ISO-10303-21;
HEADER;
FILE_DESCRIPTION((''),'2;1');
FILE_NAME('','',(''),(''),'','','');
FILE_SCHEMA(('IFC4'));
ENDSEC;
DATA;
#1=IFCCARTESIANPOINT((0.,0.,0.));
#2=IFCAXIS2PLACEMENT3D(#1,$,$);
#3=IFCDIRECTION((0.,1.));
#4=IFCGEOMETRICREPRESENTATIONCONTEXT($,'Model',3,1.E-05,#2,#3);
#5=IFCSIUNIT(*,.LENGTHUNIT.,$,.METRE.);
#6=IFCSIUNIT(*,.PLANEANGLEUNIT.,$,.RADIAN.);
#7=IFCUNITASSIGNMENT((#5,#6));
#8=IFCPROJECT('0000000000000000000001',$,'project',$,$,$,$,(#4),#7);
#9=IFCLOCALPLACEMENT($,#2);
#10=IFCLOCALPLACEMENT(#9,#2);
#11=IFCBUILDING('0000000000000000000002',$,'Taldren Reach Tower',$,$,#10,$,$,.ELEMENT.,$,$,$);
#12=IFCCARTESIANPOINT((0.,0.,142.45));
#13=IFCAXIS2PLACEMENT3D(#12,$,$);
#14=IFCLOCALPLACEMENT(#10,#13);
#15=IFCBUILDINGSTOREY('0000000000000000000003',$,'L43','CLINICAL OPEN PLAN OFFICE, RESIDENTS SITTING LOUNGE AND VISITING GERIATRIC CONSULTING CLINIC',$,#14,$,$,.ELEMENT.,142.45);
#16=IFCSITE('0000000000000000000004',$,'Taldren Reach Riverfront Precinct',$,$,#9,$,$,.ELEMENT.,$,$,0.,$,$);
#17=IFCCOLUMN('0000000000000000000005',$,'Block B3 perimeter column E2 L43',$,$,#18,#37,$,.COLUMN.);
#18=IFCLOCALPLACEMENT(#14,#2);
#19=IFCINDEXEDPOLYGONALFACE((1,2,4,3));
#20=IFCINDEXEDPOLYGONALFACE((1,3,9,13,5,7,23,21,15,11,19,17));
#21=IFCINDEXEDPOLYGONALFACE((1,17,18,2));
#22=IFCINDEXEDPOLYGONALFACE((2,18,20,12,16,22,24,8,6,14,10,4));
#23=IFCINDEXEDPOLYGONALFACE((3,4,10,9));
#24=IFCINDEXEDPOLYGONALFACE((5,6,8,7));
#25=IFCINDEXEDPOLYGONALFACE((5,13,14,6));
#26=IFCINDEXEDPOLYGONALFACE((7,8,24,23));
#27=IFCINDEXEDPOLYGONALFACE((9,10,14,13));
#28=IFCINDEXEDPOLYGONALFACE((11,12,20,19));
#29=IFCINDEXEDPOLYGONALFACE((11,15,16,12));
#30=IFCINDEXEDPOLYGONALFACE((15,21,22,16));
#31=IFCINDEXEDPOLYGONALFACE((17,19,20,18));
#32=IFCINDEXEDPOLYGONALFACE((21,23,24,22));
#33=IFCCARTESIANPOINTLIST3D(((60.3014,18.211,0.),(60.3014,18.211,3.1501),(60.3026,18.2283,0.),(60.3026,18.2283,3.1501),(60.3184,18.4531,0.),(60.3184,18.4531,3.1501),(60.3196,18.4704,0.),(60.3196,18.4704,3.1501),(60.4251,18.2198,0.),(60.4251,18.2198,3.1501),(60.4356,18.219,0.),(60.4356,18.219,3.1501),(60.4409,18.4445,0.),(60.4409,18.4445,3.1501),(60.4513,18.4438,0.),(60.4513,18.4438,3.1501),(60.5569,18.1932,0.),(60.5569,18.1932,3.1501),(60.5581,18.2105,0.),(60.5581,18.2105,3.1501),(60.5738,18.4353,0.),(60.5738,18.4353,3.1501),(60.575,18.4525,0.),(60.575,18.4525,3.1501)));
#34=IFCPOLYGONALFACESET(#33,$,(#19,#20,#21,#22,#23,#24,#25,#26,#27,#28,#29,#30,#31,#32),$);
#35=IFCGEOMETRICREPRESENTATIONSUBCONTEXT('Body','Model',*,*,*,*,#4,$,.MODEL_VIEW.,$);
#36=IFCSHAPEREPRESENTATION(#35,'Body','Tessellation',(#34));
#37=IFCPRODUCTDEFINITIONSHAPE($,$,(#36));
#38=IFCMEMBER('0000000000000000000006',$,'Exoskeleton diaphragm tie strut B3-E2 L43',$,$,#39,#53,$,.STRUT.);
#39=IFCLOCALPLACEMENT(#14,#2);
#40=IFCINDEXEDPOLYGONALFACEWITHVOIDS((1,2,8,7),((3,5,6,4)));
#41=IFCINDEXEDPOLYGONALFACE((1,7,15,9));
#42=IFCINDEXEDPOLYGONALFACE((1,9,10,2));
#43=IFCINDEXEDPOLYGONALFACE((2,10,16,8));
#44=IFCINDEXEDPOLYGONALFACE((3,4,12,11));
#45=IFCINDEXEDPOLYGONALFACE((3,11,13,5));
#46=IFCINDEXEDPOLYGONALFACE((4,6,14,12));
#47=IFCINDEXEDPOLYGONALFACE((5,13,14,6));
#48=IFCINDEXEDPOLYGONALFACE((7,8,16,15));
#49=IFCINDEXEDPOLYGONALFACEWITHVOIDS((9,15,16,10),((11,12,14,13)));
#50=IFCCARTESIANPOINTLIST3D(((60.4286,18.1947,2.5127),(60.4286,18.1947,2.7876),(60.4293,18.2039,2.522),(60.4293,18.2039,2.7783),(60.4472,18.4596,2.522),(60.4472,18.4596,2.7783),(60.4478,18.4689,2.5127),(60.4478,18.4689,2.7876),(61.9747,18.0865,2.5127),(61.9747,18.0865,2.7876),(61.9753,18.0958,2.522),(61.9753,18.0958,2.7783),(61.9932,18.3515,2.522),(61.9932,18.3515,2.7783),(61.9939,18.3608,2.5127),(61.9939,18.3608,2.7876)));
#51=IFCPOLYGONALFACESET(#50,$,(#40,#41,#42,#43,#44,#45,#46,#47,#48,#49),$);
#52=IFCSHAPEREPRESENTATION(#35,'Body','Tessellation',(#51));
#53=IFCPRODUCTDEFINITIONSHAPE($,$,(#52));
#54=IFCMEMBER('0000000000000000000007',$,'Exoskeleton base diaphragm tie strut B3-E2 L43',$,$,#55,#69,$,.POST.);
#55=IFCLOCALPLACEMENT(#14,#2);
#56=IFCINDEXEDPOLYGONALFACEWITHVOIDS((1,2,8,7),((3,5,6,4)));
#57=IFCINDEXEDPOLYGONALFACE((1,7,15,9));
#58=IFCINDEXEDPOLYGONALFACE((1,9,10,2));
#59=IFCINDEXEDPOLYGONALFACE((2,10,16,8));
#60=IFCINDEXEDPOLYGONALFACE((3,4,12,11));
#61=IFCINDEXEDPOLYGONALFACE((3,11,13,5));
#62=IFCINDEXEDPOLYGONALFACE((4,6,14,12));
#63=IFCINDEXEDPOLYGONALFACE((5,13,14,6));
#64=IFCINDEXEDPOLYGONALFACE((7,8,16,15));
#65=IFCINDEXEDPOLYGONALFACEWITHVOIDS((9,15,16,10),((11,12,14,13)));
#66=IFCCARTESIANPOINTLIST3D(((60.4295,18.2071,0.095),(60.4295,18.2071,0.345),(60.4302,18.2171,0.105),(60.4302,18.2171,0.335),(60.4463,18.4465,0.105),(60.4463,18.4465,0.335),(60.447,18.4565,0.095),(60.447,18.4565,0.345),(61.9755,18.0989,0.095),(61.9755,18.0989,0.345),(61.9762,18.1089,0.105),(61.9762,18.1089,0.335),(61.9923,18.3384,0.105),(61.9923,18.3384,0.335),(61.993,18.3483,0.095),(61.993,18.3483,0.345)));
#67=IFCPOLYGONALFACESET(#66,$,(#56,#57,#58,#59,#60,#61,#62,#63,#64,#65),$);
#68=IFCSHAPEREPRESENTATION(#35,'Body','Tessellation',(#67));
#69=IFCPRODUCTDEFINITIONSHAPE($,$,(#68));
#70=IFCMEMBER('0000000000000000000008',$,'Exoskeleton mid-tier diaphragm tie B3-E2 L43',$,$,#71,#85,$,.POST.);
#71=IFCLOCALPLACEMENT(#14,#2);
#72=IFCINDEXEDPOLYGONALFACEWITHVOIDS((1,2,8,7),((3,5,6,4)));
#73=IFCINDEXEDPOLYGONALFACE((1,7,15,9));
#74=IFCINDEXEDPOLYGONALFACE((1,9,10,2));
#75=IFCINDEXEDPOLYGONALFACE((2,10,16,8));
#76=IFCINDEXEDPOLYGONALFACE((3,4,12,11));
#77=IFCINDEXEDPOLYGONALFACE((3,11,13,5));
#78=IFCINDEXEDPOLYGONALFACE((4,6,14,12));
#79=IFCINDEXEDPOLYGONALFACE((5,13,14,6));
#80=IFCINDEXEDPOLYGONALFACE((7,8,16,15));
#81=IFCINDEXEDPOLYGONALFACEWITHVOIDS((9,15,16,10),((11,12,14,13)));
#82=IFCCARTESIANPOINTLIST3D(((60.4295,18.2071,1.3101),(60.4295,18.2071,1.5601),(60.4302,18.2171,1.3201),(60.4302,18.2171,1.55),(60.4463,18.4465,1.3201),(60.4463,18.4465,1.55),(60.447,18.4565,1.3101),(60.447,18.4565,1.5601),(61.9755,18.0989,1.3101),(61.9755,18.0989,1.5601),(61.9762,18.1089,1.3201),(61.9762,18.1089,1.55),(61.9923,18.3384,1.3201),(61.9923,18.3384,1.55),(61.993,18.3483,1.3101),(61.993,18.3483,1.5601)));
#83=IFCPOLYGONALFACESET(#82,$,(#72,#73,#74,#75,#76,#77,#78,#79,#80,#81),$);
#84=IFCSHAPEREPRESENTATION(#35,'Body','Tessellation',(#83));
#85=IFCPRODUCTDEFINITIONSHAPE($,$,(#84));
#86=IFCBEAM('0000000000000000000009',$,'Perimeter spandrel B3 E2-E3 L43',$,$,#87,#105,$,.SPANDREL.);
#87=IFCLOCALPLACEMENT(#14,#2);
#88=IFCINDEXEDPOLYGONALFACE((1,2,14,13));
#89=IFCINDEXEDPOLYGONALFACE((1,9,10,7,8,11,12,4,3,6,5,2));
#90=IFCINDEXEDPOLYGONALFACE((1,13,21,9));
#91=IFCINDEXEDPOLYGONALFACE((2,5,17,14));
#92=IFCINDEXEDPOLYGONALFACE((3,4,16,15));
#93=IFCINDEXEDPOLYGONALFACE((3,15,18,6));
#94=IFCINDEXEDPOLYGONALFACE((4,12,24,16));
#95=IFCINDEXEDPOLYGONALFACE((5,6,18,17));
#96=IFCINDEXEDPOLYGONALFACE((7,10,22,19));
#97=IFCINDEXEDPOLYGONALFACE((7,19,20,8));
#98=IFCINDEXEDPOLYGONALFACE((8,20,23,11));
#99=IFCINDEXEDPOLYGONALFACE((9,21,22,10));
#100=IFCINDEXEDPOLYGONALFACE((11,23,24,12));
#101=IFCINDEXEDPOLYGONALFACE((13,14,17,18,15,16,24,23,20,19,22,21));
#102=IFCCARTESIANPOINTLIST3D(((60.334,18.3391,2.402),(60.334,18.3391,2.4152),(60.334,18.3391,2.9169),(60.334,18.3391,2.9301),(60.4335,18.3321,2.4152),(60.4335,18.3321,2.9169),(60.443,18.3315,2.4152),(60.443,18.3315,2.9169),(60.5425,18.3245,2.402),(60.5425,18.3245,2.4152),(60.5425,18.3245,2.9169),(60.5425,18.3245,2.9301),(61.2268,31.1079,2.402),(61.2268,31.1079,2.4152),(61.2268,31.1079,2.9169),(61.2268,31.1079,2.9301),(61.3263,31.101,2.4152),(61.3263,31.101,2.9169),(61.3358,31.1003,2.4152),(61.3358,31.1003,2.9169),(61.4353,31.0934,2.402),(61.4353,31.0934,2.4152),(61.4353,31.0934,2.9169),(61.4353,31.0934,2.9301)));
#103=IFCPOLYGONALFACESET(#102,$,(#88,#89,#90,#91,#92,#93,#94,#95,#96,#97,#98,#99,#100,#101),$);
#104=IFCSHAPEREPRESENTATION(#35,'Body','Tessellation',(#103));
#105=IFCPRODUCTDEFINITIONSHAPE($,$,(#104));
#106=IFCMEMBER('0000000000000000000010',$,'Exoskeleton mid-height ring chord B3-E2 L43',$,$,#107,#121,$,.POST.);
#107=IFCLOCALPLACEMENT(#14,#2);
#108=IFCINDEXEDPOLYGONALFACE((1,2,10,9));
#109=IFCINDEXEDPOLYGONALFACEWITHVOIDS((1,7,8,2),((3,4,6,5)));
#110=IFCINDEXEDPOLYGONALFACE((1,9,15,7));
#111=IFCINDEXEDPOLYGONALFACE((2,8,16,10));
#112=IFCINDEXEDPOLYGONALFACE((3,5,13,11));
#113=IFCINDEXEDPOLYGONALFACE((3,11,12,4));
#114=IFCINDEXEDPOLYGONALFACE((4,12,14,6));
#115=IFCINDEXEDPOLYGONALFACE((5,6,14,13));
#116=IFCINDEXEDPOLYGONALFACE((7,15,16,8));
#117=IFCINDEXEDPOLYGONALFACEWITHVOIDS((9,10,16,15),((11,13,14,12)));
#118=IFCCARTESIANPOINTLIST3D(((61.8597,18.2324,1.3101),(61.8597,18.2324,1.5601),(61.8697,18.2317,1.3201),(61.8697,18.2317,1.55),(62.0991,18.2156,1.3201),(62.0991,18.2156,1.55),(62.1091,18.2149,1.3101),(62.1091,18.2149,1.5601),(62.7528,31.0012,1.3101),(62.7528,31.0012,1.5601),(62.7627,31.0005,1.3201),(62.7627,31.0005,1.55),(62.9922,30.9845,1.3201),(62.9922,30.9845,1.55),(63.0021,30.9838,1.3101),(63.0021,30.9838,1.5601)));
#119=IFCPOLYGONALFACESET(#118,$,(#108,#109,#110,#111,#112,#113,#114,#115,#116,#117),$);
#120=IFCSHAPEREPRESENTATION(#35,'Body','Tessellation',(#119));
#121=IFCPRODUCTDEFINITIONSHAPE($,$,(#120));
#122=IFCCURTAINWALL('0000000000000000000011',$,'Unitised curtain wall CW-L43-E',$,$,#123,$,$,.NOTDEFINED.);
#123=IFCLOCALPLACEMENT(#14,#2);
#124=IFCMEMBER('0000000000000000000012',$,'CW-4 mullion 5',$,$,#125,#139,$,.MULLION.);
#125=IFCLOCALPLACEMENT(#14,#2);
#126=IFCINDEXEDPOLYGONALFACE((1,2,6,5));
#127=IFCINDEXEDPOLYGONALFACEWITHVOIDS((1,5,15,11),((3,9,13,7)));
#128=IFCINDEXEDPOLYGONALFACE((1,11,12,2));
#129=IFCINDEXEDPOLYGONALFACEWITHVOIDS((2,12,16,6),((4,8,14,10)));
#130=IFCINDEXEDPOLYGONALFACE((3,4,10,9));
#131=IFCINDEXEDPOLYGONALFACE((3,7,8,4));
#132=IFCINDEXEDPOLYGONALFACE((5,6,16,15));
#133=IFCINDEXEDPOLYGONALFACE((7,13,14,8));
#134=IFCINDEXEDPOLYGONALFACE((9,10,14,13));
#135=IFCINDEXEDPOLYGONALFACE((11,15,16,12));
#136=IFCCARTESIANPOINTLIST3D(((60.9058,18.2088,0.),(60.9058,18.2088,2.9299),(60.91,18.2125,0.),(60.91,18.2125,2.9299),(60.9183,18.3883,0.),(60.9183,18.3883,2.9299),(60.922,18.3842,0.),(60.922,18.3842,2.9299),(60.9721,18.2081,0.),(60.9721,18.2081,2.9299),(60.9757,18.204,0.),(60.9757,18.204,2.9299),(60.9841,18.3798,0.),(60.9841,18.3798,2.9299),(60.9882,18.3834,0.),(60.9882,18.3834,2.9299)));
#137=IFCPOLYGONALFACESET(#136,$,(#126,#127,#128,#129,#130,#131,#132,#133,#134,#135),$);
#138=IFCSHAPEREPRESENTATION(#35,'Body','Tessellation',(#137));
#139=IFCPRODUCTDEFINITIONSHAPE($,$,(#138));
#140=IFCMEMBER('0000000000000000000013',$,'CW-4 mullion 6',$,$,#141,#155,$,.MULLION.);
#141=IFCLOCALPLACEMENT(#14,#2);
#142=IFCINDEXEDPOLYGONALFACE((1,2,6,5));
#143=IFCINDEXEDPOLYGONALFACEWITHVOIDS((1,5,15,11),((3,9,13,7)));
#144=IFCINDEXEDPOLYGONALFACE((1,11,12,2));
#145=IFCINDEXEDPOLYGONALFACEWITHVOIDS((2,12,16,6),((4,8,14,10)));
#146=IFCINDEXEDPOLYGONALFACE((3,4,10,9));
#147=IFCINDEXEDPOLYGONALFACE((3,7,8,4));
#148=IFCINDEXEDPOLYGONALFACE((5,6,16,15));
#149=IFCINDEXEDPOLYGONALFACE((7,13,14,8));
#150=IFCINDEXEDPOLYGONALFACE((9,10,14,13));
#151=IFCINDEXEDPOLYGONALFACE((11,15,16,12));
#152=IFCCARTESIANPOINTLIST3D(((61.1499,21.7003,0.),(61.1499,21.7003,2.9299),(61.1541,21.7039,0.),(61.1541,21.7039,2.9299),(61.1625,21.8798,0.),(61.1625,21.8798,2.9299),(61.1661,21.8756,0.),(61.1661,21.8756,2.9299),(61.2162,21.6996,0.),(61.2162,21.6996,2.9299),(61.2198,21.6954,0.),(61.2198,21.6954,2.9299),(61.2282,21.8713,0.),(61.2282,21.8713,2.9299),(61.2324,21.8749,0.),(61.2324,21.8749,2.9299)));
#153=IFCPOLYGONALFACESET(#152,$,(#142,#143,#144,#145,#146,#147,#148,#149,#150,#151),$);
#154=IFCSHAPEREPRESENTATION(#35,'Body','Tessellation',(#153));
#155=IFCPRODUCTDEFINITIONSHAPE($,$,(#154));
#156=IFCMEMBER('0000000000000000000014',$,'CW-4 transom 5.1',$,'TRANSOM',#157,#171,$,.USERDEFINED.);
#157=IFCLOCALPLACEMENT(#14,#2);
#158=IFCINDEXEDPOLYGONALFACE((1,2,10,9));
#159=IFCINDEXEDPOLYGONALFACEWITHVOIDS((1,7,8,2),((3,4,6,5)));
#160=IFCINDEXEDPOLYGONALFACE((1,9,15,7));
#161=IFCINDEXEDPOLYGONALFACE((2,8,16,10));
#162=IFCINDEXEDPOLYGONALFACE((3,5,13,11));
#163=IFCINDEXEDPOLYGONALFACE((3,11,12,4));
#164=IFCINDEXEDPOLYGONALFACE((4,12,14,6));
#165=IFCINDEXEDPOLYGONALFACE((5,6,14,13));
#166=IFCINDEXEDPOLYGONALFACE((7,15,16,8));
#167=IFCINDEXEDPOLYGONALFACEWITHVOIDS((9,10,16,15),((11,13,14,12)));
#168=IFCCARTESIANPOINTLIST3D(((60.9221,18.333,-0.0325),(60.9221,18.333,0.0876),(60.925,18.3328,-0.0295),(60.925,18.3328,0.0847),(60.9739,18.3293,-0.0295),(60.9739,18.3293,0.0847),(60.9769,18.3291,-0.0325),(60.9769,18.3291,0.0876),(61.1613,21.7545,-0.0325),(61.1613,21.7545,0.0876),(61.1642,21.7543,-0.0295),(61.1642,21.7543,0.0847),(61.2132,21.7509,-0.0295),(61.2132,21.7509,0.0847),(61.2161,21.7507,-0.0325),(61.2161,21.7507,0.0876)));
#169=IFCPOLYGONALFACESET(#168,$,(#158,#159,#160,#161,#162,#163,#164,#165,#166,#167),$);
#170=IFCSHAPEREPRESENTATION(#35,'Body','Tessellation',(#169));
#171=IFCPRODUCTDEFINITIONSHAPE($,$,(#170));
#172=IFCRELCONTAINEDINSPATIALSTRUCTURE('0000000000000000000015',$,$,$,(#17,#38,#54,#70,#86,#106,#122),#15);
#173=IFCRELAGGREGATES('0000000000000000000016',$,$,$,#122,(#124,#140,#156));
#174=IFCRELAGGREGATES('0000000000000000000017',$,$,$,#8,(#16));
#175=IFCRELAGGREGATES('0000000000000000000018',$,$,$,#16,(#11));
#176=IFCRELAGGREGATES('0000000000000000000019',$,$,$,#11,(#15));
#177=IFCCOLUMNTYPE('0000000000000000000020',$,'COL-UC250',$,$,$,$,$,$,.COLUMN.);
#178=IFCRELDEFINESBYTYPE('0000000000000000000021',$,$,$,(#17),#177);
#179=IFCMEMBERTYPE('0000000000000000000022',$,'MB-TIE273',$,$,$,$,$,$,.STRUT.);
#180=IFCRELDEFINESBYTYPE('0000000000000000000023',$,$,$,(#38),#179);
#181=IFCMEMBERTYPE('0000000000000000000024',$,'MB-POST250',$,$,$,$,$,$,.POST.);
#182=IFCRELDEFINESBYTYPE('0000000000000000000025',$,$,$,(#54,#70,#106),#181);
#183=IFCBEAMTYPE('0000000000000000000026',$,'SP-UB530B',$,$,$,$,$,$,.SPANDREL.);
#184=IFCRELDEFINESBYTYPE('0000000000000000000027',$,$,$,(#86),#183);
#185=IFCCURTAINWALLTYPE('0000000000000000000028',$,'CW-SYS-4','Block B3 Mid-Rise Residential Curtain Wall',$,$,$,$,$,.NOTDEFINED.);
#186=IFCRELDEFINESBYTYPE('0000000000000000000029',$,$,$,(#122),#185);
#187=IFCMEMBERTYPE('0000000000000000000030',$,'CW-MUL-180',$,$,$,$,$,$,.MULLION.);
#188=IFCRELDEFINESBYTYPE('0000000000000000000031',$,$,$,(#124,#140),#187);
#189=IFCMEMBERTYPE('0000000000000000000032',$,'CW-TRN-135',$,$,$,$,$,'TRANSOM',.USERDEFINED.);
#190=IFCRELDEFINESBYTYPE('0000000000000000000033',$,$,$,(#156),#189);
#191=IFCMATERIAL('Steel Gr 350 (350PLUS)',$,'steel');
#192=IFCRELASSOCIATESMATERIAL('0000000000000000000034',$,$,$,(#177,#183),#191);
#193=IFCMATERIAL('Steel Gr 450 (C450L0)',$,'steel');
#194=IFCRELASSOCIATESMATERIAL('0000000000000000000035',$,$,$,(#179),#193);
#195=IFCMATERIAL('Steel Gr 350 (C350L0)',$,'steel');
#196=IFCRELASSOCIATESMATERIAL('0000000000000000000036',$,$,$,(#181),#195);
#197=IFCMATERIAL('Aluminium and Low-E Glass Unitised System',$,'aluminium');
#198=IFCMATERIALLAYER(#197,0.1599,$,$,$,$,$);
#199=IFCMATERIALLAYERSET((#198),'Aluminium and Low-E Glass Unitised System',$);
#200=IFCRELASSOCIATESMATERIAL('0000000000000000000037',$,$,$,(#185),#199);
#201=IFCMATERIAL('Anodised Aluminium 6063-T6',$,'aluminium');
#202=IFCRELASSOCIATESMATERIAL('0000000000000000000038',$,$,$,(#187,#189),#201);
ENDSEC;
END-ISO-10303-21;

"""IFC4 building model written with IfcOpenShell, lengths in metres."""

from ifc_helpers import new_model, si_unit, direction, frame, origin, origin_2d, place, context, subcontext, project, spatial, hollow_rectangle, i_section, extrude, source, transform, mapped, material, layer, layer_set, material_profile, profile_set, type_object, element, aggregate, save


model = new_model("IFC4")

# Units and contexts
model_context = context("Model", 3, precision=1e-05, world=origin(), true_north=direction((0.0, 1.0)))
body_context = subcontext(model_context, "Body", "Model", "MODEL_VIEW")
ifc_project = project(units=[si_unit("LENGTHUNIT", "METRE"), si_unit("PLANEANGLEUNIT", "RADIAN")], contexts=[model_context])

# Site, building, storey
site_placement = place(None, origin())
site = spatial("IfcSite", under=ifc_project, at=site_placement, Name="Taldren Reach Riverfront Precinct", CompositionType="ELEMENT", RefElevation=0.0)
building_placement = place(site_placement, origin())
building = spatial("IfcBuilding", under=site, at=building_placement, Name="Taldren Reach Tower", CompositionType="ELEMENT")
storey_placement = place(building_placement, frame((0.0, 0.0, 142.45)))
storey = spatial("IfcBuildingStorey", under=building, at=storey_placement, Name="L43", Description="CLINICAL OPEN PLAN OFFICE, RESIDENTS SITTING LOUNGE AND VISITING GERIATRIC CONSULTING CLINIC", CompositionType="ELEMENT", Elevation=142.45)

# Column
ifc_material_1 = material(Name="Steel Gr 350 (350PLUS)", Category="steel")
ifc_material_profile_1 = material_profile(ifc_material_1, i_section(OverallWidth=0.2561, OverallDepth=0.26, WebThickness=0.0105, FlangeThickness=0.0173, at=origin_2d()), Name="250UC89.5")
ifc_profile_set_1 = profile_set([ifc_material_profile_1], Name="Steel Gr 350 (350PLUS)")
column_type = type_object("IfcColumnType", Name="COL-UC250", PredefinedType="COLUMN", material=ifc_profile_set_1)
shared_shape_1 = source(origin(), body_context, "Body", "SweptSolid", [
    extrude(i_section(OverallWidth=0.2561, OverallDepth=0.26, WebThickness=0.0105, FlangeThickness=0.0173, at=origin_2d()), origin(), (0.0, 0.0, 1.0), 3.1501),
])
column_placement = place(storey_placement, frame((60.4382, 18.3318, 0.0), z_axis=(0.0, 0.0, 1.0), x_axis=(0.997564, -0.069756, 0.0)))
element("IfcColumn", 1, at=column_placement, inside=storey, type_object=column_type, Name="Block B3 perimeter column E2 L43", PredefinedType="COLUMN", context=body_context, shape_type="MappedRepresentation", body=[
    mapped(shared_shape_1, transform((0.0, 0.0, 0.0), scale=1.0)),
])

# Members
ifc_material_2 = material(Name="Steel Gr 450 (C450L0)", Category="steel")
ifc_material_profile_2 = material_profile(ifc_material_2, hollow_rectangle(XDim=0.2749, YDim=0.2749, WallThickness=0.0093, at=origin_2d()), Name="275x275x9.3SHS")
ifc_profile_set_2 = profile_set([ifc_material_profile_2], Name="Steel Gr 450 (C450L0)")
member_type_1 = type_object("IfcMemberType", Name="MB-TIE273", PredefinedType="STRUT", material=ifc_profile_set_2)
shared_shape_2 = source(origin(), body_context, "Body", "SweptSolid", [
    extrude(hollow_rectangle(XDim=0.2749, YDim=0.2749, WallThickness=0.0093, at=origin_2d()), origin(), (0.0, 0.0, 1.0), 1.5498),
])
member_1_placement = place(storey_placement, frame((60.4382, 18.3318, 2.6501), z_axis=(0.997562, -0.069781, 0.0), x_axis=(0.069781, 0.997562, 0.0)))
element("IfcMember", 2, at=member_1_placement, inside=storey, type_object=member_type_1, Name="Exoskeleton diaphragm tie strut B3-E2 L43", PredefinedType="STRUT", context=body_context, shape_type="MappedRepresentation", body=[
    mapped(shared_shape_2, transform((0.0, 0.0, 0.0), scale=1.0)),
])
ifc_material_3 = material(Name="Steel Gr 350 (C350L0)", Category="steel")
ifc_material_profile_3 = material_profile(ifc_material_3, hollow_rectangle(XDim=0.25, YDim=0.25, WallThickness=0.01, at=origin_2d()), Name="250x250x10.0SHS")
ifc_profile_set_3 = profile_set([ifc_material_profile_3], Name="Steel Gr 350 (C350L0)")
member_type_2 = type_object("IfcMemberType", Name="MB-POST250", PredefinedType="POST", material=ifc_profile_set_3)
shared_shape_3 = source(origin(), body_context, "Body", "SweptSolid", [
    extrude(hollow_rectangle(XDim=0.25, YDim=0.25, WallThickness=0.01, at=origin_2d()), origin(), (0.0, 0.0, 1.0), 1.5498),
])
for number, where, z_axis, x_axis, name in (
    (3, (60.4382, 18.3318, 0.22), (0.997562, -0.069781, 0.0), (0.069781, 0.997562, 0.0), "Exoskeleton base diaphragm tie strut B3-E2 L43"),
    (4, (60.4382, 18.3318, 1.4351), (0.997562, -0.069781, 0.0), (0.069781, 0.997562, 0.0), "Exoskeleton mid-tier diaphragm tie B3-E2 L43"),
):
    element("IfcMember", number, at=place(storey_placement, frame(where, z_axis=z_axis, x_axis=x_axis)), inside=storey, type_object=member_type_2, Name=name, PredefinedType="POST", context=body_context, shape_type="MappedRepresentation", body=[
        mapped(shared_shape_3, transform((0.0, 0.0, 0.0), scale=1.0)),
    ])

# Beam
ifc_material_profile_4 = material_profile(ifc_material_1, i_section(OverallWidth=0.209, OverallDepth=0.5281, WebThickness=0.0095, FlangeThickness=0.0132, at=origin_2d()), Name="530UB82.0")
ifc_profile_set_4 = profile_set([ifc_material_profile_4], Name="Steel Gr 350 (350PLUS)")
beam_type = type_object("IfcBeamType", Name="SP-UB530B", PredefinedType="SPANDREL", material=ifc_profile_set_4)
shared_shape_4 = source(origin(), body_context, "Body", "SweptSolid", [
    extrude(i_section(OverallWidth=0.209, OverallDepth=0.5281, WebThickness=0.0095, FlangeThickness=0.0132, at=origin_2d()), origin(), (0.0, 0.0, 1.0), 12.8),
])
beam_placement = place(storey_placement, frame((60.4382, 18.3318, 2.666), z_axis=(0.069752, 0.997564, 0.0), x_axis=(-0.997564, 0.069752, 0.0)))
element("IfcBeam", 5, at=beam_placement, inside=storey, type_object=beam_type, Name="Perimeter spandrel B3 E2-E3 L43", PredefinedType="SPANDREL", context=body_context, shape_type="MappedRepresentation", body=[
    mapped(shared_shape_4, transform((0.0, 0.0, 0.0), scale=1.0)),
])

# Member
shared_shape_5 = source(origin(), body_context, "Body", "SweptSolid", [
    extrude(hollow_rectangle(XDim=0.25, YDim=0.25, WallThickness=0.01, at=origin_2d()), origin(), (0.0, 0.0, 1.0), 12.8),
])
member_2_placement = place(storey_placement, frame((61.9844, 18.2236, 1.4351), z_axis=(0.069771, 0.997563, 0.0), x_axis=(-0.997563, 0.069771, 0.0)))
element("IfcMember", 6, at=member_2_placement, inside=storey, type_object=member_type_2, Name="Exoskeleton mid-height ring chord B3-E2 L43", PredefinedType="POST", context=body_context, shape_type="MappedRepresentation", body=[
    mapped(shared_shape_5, transform((0.0, 0.0, 0.0), scale=1.0)),
])

# Curtain wall, members
ifc_material_4 = material(Name="Aluminium and Low-E Glass Unitised System", Category="aluminium")
ifc_layer_1 = layer(ifc_material_4, 0.1599)
ifc_layer_set_1 = layer_set([ifc_layer_1], Name="Aluminium and Low-E Glass Unitised System")
curtain_wall_type = type_object("IfcCurtainWallType", Name="CW-SYS-4", Description="Block B3 Mid-Rise Residential Curtain Wall", PredefinedType="NOTDEFINED", material=ifc_layer_set_1)
curtain_wall_placement = place(storey_placement, origin())
curtain_wall = element("IfcCurtainWall", 7, at=curtain_wall_placement, inside=storey, type_object=curtain_wall_type, Name="Unitised curtain wall CW-L43-E", PredefinedType="NOTDEFINED")
ifc_material_5 = material(Name="Anodised Aluminium 6063-T6", Category="aluminium")
ifc_material_profile_5 = material_profile(ifc_material_5, hollow_rectangle(XDim=0.0701, YDim=0.1799, WallThickness=0.0039, at=origin_2d()), Name="ALU-180x70x4RHS")
ifc_profile_set_5 = profile_set([ifc_material_profile_5], Name="Anodised Aluminium 6063-T6")
member_type_3 = type_object("IfcMemberType", Name="CW-MUL-180", PredefinedType="MULLION", material=ifc_profile_set_5)
shared_shape_6 = source(origin(), body_context, "Body", "SweptSolid", [
    extrude(hollow_rectangle(XDim=0.0701, YDim=0.1799, WallThickness=0.0039, at=origin_2d()), origin(), (0.0, 0.0, 1.0), 2.9299),
])
member_3_placement = place(storey_placement, frame((60.947, 18.2961, 0.0), z_axis=(0.0, 0.0, 1.0), x_axis=(-0.997564, 0.069756, 0.0)))
member_3 = element("IfcMember", 8, at=member_3_placement, type_object=member_type_3, Name="CW-4 mullion 5", PredefinedType="MULLION", context=body_context, shape_type="MappedRepresentation", body=[
    mapped(shared_shape_6, transform((0.0, 0.0, 0.0), scale=1.0)),
])
member_4_placement = place(storey_placement, frame((61.1912, 21.7876, 0.0), z_axis=(0.0, 0.0, 1.0), x_axis=(-0.997564, 0.069756, 0.0)))
member_4 = element("IfcMember", 9, at=member_4_placement, type_object=member_type_3, Name="CW-4 mullion 6", PredefinedType="MULLION", context=body_context, shape_type="MappedRepresentation", body=[
    mapped(shared_shape_6, transform((0.0, 0.0, 0.0), scale=1.0)),
])
ifc_material_profile_6 = material_profile(ifc_material_5, hollow_rectangle(XDim=0.0549, YDim=0.1201, WallThickness=0.0029, at=origin_2d()), Name="ALU-120x55x3RHS")
ifc_profile_set_6 = profile_set([ifc_material_profile_6], Name="Anodised Aluminium 6063-T6")
member_type_4 = type_object("IfcMemberType", Name="CW-TRN-135", ElementType="TRANSOM", PredefinedType="USERDEFINED", material=ifc_profile_set_6)
shared_shape_7 = source(origin(), body_context, "Body", "SweptSolid", [
    extrude(hollow_rectangle(XDim=0.0549, YDim=0.1201, WallThickness=0.0029, at=origin_2d()), origin(), (0.0, 0.0, 1.0), 3.4299),
])
member_5_placement = place(storey_placement, frame((60.9495, 18.3311, 0.0276), z_axis=(0.069755, 0.997564, 0.0), x_axis=(-0.997564, 0.069755, 0.0)))
member_5 = element("IfcMember", 10, at=member_5_placement, type_object=member_type_4, Name="CW-4 transom 5.1", ObjectType="TRANSOM", PredefinedType="USERDEFINED", context=body_context, shape_type="MappedRepresentation", body=[
    mapped(shared_shape_7, transform((0.0, 0.0, 0.0), scale=1.0)),
])
aggregate(curtain_wall, [member_3, member_4, member_5])

save(model, "model.ifc")
